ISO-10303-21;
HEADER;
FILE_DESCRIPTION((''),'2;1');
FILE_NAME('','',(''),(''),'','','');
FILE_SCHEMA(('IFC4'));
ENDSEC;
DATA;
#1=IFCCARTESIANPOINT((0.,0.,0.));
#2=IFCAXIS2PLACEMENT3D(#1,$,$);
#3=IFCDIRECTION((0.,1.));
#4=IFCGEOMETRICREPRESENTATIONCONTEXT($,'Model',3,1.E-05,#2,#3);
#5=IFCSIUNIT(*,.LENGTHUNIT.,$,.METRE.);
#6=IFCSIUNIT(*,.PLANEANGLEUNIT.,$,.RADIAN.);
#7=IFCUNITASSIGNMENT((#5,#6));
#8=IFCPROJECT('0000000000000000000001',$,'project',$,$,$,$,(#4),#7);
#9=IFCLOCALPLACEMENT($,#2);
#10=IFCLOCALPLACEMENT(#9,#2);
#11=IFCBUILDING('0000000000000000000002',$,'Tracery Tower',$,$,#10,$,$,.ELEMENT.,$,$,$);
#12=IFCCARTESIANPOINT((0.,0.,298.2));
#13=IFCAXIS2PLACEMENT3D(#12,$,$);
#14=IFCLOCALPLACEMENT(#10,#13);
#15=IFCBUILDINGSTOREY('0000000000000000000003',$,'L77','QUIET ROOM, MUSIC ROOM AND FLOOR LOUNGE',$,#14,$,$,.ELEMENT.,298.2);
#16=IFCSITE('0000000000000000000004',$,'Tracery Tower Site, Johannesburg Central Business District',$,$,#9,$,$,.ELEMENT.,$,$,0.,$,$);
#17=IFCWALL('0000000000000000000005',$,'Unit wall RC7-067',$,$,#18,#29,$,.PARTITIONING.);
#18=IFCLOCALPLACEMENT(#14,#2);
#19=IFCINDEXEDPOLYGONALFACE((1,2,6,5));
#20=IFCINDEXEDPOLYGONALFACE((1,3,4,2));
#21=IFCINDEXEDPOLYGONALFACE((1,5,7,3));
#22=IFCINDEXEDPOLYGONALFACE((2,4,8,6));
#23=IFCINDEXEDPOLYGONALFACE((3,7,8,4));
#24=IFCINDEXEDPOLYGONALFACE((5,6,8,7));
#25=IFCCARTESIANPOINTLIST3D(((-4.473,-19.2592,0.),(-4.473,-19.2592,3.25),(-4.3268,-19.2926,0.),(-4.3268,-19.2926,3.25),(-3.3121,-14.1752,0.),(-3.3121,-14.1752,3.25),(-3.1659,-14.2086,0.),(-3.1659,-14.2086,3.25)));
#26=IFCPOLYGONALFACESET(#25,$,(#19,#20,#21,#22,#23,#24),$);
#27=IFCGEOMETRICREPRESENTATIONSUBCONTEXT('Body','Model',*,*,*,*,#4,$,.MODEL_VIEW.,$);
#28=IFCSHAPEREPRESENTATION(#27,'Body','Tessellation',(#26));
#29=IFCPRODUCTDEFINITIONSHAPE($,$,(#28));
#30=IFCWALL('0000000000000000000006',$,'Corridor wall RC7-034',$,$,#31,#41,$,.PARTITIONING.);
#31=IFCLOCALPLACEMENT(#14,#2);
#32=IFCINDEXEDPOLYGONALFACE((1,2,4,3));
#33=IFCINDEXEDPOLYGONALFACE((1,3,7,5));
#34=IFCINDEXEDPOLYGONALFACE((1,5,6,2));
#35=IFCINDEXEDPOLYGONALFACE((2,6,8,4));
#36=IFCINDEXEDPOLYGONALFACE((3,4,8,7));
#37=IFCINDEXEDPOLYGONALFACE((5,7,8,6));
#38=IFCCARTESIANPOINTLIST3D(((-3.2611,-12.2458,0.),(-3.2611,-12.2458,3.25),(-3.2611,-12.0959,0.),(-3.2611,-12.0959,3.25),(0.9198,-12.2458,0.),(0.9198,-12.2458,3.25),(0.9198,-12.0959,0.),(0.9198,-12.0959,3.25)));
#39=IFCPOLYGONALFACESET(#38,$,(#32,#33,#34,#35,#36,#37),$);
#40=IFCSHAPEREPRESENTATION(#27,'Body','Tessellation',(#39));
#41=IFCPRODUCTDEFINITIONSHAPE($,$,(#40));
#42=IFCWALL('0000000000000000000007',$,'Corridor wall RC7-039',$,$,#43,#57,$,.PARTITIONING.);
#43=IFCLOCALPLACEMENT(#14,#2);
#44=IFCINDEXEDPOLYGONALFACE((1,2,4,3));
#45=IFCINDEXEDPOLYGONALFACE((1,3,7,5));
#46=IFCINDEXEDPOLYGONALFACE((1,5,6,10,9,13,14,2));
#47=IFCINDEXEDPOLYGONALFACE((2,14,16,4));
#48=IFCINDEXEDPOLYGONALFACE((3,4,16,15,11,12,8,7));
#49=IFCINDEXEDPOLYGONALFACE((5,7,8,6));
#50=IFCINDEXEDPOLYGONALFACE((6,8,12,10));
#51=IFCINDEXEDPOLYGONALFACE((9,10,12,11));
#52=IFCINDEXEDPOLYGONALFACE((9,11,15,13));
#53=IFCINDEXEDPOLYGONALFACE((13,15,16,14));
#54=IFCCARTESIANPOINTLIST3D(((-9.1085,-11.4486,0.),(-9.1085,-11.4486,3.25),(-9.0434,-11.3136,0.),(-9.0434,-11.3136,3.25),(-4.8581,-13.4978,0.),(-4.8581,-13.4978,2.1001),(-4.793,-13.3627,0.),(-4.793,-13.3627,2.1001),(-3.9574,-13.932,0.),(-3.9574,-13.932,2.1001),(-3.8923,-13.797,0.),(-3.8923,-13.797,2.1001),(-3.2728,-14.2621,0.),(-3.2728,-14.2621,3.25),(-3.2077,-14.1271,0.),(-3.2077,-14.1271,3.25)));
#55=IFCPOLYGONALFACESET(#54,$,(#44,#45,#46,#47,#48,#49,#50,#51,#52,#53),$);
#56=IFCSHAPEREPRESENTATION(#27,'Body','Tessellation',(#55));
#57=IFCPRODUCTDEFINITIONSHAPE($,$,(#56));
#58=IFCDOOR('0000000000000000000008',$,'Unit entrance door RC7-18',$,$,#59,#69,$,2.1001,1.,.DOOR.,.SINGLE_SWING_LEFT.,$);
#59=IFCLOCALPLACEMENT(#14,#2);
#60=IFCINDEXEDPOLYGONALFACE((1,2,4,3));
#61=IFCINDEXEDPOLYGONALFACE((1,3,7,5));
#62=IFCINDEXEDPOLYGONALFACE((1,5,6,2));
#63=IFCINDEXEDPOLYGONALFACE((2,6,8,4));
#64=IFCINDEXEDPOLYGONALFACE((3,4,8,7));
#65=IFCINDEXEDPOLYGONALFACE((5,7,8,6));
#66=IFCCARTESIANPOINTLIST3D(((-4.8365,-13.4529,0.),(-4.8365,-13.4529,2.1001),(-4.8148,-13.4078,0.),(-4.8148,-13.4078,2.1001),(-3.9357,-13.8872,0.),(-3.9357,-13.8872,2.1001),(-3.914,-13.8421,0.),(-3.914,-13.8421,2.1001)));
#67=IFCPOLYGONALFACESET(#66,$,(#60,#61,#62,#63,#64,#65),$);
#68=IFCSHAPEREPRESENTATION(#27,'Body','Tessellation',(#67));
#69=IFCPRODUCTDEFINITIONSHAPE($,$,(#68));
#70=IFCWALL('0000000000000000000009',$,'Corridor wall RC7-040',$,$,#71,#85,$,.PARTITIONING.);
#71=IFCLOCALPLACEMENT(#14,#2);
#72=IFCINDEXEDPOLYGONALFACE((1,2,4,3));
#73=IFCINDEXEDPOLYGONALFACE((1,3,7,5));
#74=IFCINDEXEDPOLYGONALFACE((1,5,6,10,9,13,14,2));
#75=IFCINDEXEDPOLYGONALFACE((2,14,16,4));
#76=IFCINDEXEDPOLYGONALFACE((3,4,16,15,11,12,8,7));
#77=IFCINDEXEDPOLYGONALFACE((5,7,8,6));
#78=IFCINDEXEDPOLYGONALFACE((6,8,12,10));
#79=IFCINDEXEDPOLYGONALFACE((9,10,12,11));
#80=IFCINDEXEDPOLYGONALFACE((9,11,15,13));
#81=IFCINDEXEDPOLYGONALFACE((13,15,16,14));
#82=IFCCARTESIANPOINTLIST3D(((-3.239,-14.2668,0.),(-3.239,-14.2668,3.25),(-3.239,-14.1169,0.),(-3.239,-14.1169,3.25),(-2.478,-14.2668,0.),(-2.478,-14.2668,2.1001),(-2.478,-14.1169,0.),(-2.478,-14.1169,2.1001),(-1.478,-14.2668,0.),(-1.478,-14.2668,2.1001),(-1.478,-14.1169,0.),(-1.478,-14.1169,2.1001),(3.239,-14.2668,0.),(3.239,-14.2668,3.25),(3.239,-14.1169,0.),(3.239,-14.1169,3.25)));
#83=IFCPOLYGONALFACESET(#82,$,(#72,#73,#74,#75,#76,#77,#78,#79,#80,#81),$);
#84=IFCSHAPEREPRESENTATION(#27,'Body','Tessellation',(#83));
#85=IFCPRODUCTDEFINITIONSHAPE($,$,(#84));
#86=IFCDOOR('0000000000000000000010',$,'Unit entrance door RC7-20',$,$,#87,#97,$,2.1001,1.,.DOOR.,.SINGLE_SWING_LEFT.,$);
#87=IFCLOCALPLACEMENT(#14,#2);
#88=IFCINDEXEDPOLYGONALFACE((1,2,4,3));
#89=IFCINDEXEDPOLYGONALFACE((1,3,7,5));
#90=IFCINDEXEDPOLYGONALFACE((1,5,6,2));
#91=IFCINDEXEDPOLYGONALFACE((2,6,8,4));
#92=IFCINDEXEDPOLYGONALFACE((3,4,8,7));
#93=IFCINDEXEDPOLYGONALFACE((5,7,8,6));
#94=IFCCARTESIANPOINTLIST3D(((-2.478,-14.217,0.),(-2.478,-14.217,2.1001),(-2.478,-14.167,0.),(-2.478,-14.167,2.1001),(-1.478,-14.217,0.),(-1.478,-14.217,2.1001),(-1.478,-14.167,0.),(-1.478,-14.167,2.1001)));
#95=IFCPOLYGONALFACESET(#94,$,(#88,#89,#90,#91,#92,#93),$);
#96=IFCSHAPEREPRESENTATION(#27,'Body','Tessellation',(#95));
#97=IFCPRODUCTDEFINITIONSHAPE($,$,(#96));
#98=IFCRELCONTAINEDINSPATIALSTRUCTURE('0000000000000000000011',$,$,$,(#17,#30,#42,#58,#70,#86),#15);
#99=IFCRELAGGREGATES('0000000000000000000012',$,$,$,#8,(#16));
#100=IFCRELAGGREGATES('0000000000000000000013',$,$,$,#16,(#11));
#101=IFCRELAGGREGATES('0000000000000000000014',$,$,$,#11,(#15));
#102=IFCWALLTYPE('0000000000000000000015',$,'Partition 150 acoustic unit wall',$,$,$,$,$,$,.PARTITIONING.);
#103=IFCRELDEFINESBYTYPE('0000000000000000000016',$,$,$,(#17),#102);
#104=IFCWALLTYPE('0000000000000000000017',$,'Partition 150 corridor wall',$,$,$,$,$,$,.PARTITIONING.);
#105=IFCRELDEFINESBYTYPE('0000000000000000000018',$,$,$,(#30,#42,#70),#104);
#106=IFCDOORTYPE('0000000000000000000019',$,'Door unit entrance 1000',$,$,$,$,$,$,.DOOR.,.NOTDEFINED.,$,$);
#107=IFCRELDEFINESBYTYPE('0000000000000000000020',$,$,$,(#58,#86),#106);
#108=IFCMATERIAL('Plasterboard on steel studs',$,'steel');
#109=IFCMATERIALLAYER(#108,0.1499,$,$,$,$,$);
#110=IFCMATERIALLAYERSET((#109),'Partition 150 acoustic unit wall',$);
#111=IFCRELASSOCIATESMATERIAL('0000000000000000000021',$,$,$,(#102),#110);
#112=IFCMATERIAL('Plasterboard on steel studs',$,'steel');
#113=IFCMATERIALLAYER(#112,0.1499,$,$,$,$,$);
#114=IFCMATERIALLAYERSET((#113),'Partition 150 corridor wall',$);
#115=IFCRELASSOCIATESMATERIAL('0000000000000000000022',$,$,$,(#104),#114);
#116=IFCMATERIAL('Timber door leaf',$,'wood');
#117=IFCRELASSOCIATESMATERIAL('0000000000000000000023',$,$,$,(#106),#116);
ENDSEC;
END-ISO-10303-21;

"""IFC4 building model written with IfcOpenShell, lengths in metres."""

from ifc_helpers import new_model, si_unit, direction, frame, frame_2d, origin, place, context, subcontext, project, spatial, rectangle, extrude, material, layer, layer_set, type_object, element, fill, save


model = new_model("IFC4")

# Units and contexts
model_context = context("Model", 3, precision=1e-05, world=origin(), true_north=direction((0.0, 1.0)))
body_context = subcontext(model_context, "Body", "Model", "MODEL_VIEW")
ifc_project = project(units=[si_unit("LENGTHUNIT", "METRE"), si_unit("PLANEANGLEUNIT", "RADIAN")], contexts=[model_context])

# Site, building, storey
site_placement = place(None, origin())
site = spatial("IfcSite", under=ifc_project, at=site_placement, Name="Tracery Tower Site, Johannesburg Central Business District", CompositionType="ELEMENT", RefElevation=0.0)
building_placement = place(site_placement, origin())
building = spatial("IfcBuilding", under=site, at=building_placement, Name="Tracery Tower", CompositionType="ELEMENT")
storey_placement = place(building_placement, frame((0.0, 0.0, 298.2)))
storey = spatial("IfcBuildingStorey", under=building, at=storey_placement, Name="L77", Description="QUIET ROOM, MUSIC ROOM AND FLOOR LOUNGE", CompositionType="ELEMENT", Elevation=298.2)

# Walls
ifc_material_1 = material(Name="Plasterboard on steel studs", Category="steel")
ifc_layer_1 = layer(ifc_material_1, 0.1499)
ifc_layer_set_1 = layer_set([ifc_layer_1], Name="Partition 150 acoustic unit wall")
wall_type_1 = type_object("IfcWallType", Name="Partition 150 acoustic unit wall", PredefinedType="PARTITIONING", material=ifc_layer_set_1)
wall_1_placement = place(storey_placement, frame((-4.3999, -19.2759, 0.0), z_axis=(0.0, 0.0, 1.0), x_axis=(0.222613, 0.974907, 0.0)))
element("IfcWall", 1, at=wall_1_placement, inside=storey, type_object=wall_type_1, Name="Unit wall RC7-067", PredefinedType="PARTITIONING", context=body_context, shape_type="SweptSolid", body=[
    extrude(rectangle(XDim=5.2148, YDim=0.1499, at=frame_2d((2.6074, 0.0))), origin(), (0.0, 0.0, 1.0), 3.25),
])
ifc_material_2 = material(Name="Plasterboard on steel studs", Category="steel")
ifc_layer_2 = layer(ifc_material_2, 0.1499)
ifc_layer_set_2 = layer_set([ifc_layer_2], Name="Partition 150 corridor wall")
wall_type_2 = type_object("IfcWallType", Name="Partition 150 corridor wall", PredefinedType="PARTITIONING", material=ifc_layer_set_2)
wall_2_placement = place(storey_placement, frame((-3.261, -12.1709, 0.0), z_axis=(0.0, 0.0, 1.0), x_axis=(1.0, 0.0, 0.0)))
element("IfcWall", 2, at=wall_2_placement, inside=storey, type_object=wall_type_2, Name="Corridor wall RC7-034", PredefinedType="PARTITIONING", context=body_context, shape_type="SweptSolid", body=[
    extrude(rectangle(XDim=4.1809, YDim=0.1499, at=frame_2d((2.0903, 0.0))), origin(), (0.0, 0.0, 1.0), 3.25),
])

# Walls, openings, doors
wall_3_placement = place(storey_placement, frame((-9.0759, -11.3811, 0.0), z_axis=(0.0, 0.0, 1.0), x_axis=(0.900778, -0.434279, 0.0)))
wall_3 = element("IfcWall", 3, at=wall_3_placement, inside=storey, type_object=wall_type_2, Name="Corridor wall RC7-039", PredefinedType="PARTITIONING", context=body_context, shape_type="SweptSolid", body=[
    extrude(rectangle(XDim=6.4785, YDim=0.1499, at=frame_2d((3.2393, 0.0))), origin(), (0.0, 0.0, 1.0), 3.25),
])
opening_1_placement = place(wall_3_placement, frame((4.7185, 0.0, 0.0)))
opening_1 = element("IfcOpeningElement", 4, at=opening_1_placement, cuts=wall_3, PredefinedType="OPENING", context=body_context, shape_type="SweptSolid", body=[
    extrude(rectangle(XDim=1.0, YDim=2.1001, at=frame_2d((0.5, 1.05))), frame((0.0, 0.075, 0.0), z_axis=(0.0, -1.0, 0.0), x_axis=(1.0, 0.0, 0.0)), (0.0, 0.0, 1.0), 0.1499),
])
ifc_material_3 = material(Name="Timber door leaf", Category="wood")
door_type_1 = type_object("IfcDoorType", Name="Door unit entrance 1000", OperationType="NOTDEFINED", PredefinedType="DOOR", material=ifc_material_3)
door_1_placement = place(opening_1_placement, origin())
door_1 = element("IfcDoor", 5, at=door_1_placement, inside=storey, type_object=door_type_1, Name="Unit entrance door RC7-18", OperationType="SINGLE_SWING_LEFT", OverallHeight=2.1001, OverallWidth=1.0, PredefinedType="DOOR", context=body_context, shape_type="SweptSolid", body=[
    extrude(rectangle(XDim=1.0, YDim=2.1001, at=frame_2d((0.5, 1.05))), frame((0.0, 0.0249, 0.0), z_axis=(0.0, -1.0, 0.0), x_axis=(1.0, 0.0, 0.0)), (0.0, 0.0, 1.0), 0.05),
])
fill(opening_1, door_1)
wall_4_placement = place(storey_placement, frame((-3.239, -14.1919, 0.0), z_axis=(0.0, 0.0, 1.0), x_axis=(1.0, 0.0, 0.0)))
wall_4 = element("IfcWall", 6, at=wall_4_placement, inside=storey, type_object=wall_type_2, Name="Corridor wall RC7-040", PredefinedType="PARTITIONING", context=body_context, shape_type="SweptSolid", body=[
    extrude(rectangle(XDim=6.478, YDim=0.1499, at=frame_2d((3.239, 0.0))), origin(), (0.0, 0.0, 1.0), 3.25),
])
opening_2_placement = place(wall_4_placement, frame((0.761, 0.0, 0.0)))
opening_2 = element("IfcOpeningElement", 7, at=opening_2_placement, cuts=wall_4, PredefinedType="OPENING", context=body_context, shape_type="SweptSolid", body=[
    extrude(rectangle(XDim=1.0, YDim=2.1001, at=frame_2d((0.5, 1.05))), frame((0.0, 0.075, 0.0), z_axis=(0.0, -1.0, 0.0), x_axis=(1.0, 0.0, 0.0)), (0.0, 0.0, 1.0), 0.1499),
])
door_2_placement = place(opening_2_placement, origin())
door_2 = element("IfcDoor", 8, at=door_2_placement, inside=storey, type_object=door_type_1, Name="Unit entrance door RC7-20", OperationType="SINGLE_SWING_LEFT", OverallHeight=2.1001, OverallWidth=1.0, PredefinedType="DOOR", context=body_context, shape_type="SweptSolid", body=[
    extrude(rectangle(XDim=1.0, YDim=2.1001, at=frame_2d((0.5, 1.05))), frame((0.0, 0.0249, 0.0), z_axis=(0.0, -1.0, 0.0), x_axis=(1.0, 0.0, 0.0)), (0.0, 0.0, 1.0), 0.05),
])
fill(opening_2, door_2)

save(model, "model.ifc")
